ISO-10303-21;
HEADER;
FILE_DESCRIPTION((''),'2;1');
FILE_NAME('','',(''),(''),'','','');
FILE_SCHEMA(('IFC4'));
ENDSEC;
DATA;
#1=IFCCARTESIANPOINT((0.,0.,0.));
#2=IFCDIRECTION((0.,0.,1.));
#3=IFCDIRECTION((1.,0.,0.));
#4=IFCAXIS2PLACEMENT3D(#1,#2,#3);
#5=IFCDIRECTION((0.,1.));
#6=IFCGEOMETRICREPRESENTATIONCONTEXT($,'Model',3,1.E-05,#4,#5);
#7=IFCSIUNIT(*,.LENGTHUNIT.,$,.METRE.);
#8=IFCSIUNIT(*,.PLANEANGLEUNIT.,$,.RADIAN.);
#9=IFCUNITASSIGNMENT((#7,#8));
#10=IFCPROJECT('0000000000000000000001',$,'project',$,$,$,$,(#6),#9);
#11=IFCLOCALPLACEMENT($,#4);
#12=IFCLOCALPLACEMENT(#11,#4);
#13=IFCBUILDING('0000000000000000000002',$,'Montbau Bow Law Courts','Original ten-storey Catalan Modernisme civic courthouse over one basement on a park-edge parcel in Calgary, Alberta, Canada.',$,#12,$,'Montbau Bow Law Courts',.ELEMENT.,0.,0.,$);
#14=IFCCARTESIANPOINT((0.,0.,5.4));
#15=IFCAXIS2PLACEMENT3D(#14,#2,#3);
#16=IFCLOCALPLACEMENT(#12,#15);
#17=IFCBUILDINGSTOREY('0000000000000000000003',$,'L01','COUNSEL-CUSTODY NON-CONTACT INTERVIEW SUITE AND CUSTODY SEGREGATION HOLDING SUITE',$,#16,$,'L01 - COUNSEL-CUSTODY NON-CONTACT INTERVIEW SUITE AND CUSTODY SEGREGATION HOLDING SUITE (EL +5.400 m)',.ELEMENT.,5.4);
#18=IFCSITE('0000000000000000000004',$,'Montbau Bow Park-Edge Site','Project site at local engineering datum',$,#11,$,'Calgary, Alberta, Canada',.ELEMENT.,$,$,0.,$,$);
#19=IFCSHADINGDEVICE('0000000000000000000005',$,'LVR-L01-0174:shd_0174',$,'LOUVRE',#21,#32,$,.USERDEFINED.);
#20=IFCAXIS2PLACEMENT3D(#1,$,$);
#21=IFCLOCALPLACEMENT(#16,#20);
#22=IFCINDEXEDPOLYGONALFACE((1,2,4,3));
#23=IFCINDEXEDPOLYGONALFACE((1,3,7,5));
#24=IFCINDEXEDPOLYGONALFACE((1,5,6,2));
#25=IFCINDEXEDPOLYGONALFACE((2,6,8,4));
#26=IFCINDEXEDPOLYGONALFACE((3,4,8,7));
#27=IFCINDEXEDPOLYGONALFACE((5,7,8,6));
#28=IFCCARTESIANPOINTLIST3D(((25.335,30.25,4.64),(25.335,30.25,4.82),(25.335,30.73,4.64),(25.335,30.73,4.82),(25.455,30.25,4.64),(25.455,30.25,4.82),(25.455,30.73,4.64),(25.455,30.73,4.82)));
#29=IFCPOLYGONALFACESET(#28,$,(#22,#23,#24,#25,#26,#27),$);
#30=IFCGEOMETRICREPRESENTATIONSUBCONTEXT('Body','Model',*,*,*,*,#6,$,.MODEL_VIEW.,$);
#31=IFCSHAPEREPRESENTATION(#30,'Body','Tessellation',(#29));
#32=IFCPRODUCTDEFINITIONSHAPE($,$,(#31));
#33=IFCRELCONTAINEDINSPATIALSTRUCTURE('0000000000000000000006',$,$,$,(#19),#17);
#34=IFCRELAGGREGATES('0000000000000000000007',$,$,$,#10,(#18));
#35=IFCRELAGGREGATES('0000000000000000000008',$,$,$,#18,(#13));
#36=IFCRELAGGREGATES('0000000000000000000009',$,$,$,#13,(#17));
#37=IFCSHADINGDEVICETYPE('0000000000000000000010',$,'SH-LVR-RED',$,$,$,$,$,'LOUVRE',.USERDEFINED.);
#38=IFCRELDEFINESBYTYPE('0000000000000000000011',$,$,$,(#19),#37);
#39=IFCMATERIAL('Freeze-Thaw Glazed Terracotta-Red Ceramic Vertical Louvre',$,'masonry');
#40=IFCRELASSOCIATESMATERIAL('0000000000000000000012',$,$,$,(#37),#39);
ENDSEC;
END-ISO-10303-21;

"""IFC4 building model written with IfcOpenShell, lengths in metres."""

from ifc_helpers import new_model, si_unit, direction, frame, origin_with_axes, origin_2d_with_axis, place, context, subcontext, project, spatial, rectangle, extrude, material, type_object, element, save


model = new_model("IFC4")

# Units and contexts
model_context = context("Model", 3, precision=1e-05, world=origin_with_axes(), true_north=direction((0.0, 1.0)))
body_context = subcontext(model_context, "Body", "Model", "MODEL_VIEW")
ifc_project = project(units=[si_unit("LENGTHUNIT", "METRE"), si_unit("PLANEANGLEUNIT", "RADIAN")], contexts=[model_context])

# Site, building, storey
site_placement = place(None, origin_with_axes())
site = spatial("IfcSite", under=ifc_project, at=site_placement, Name="Montbau Bow Park-Edge Site", Description="Project site at local engineering datum", LongName="Calgary, Alberta, Canada", CompositionType="ELEMENT", RefElevation=0.0)
building_placement = place(site_placement, origin_with_axes())
building = spatial("IfcBuilding", under=site, at=building_placement, Name="Montbau Bow Law Courts", Description="Original ten-storey Catalan Modernisme civic courthouse over one basement on a park-edge parcel in Calgary, Alberta, Canada.", LongName="Montbau Bow Law Courts", CompositionType="ELEMENT", ElevationOfRefHeight=0.0, ElevationOfTerrain=0.0)
storey_placement = place(building_placement, frame((0.0, 0.0, 5.4), z_axis=(0.0, 0.0, 1.0), x_axis=(1.0, 0.0, 0.0)))
storey = spatial("IfcBuildingStorey", under=building, at=storey_placement, Name="L01", Description="COUNSEL-CUSTODY NON-CONTACT INTERVIEW SUITE AND CUSTODY SEGREGATION HOLDING SUITE", LongName="L01 - COUNSEL-CUSTODY NON-CONTACT INTERVIEW SUITE AND CUSTODY SEGREGATION HOLDING SUITE (EL +5.400 m)", CompositionType="ELEMENT", Elevation=5.4)

# Shading device
ifc_material_1 = material(Name="Freeze-Thaw Glazed Terracotta-Red Ceramic Vertical Louvre", Category="masonry")
shading_device_type = type_object("IfcShadingDeviceType", Name="SH-LVR-RED", ElementType="LOUVRE", PredefinedType="USERDEFINED", material=ifc_material_1)
for number, where, z_axis, x_axis, name in (
    (1, (25.395, 30.49, 10.04), (0.0, 0.0, 1.0), (0.0, -1.0, 0.0), "LVR-L01-0174:shd_0174"),
):
    element("IfcShadingDevice", number, at=place(None, frame(where, z_axis=z_axis, x_axis=x_axis)), inside=storey, type_object=shading_device_type, Name=name, ObjectType="LOUVRE", PredefinedType="USERDEFINED", context=body_context, shape_type="SweptSolid", body=[
        extrude(rectangle(XDim=0.48, YDim=0.12, at=origin_2d_with_axis()), origin_with_axes(), (0.0, 0.0, 1.0), 0.18),
    ])

save(model, "model.ifc")
